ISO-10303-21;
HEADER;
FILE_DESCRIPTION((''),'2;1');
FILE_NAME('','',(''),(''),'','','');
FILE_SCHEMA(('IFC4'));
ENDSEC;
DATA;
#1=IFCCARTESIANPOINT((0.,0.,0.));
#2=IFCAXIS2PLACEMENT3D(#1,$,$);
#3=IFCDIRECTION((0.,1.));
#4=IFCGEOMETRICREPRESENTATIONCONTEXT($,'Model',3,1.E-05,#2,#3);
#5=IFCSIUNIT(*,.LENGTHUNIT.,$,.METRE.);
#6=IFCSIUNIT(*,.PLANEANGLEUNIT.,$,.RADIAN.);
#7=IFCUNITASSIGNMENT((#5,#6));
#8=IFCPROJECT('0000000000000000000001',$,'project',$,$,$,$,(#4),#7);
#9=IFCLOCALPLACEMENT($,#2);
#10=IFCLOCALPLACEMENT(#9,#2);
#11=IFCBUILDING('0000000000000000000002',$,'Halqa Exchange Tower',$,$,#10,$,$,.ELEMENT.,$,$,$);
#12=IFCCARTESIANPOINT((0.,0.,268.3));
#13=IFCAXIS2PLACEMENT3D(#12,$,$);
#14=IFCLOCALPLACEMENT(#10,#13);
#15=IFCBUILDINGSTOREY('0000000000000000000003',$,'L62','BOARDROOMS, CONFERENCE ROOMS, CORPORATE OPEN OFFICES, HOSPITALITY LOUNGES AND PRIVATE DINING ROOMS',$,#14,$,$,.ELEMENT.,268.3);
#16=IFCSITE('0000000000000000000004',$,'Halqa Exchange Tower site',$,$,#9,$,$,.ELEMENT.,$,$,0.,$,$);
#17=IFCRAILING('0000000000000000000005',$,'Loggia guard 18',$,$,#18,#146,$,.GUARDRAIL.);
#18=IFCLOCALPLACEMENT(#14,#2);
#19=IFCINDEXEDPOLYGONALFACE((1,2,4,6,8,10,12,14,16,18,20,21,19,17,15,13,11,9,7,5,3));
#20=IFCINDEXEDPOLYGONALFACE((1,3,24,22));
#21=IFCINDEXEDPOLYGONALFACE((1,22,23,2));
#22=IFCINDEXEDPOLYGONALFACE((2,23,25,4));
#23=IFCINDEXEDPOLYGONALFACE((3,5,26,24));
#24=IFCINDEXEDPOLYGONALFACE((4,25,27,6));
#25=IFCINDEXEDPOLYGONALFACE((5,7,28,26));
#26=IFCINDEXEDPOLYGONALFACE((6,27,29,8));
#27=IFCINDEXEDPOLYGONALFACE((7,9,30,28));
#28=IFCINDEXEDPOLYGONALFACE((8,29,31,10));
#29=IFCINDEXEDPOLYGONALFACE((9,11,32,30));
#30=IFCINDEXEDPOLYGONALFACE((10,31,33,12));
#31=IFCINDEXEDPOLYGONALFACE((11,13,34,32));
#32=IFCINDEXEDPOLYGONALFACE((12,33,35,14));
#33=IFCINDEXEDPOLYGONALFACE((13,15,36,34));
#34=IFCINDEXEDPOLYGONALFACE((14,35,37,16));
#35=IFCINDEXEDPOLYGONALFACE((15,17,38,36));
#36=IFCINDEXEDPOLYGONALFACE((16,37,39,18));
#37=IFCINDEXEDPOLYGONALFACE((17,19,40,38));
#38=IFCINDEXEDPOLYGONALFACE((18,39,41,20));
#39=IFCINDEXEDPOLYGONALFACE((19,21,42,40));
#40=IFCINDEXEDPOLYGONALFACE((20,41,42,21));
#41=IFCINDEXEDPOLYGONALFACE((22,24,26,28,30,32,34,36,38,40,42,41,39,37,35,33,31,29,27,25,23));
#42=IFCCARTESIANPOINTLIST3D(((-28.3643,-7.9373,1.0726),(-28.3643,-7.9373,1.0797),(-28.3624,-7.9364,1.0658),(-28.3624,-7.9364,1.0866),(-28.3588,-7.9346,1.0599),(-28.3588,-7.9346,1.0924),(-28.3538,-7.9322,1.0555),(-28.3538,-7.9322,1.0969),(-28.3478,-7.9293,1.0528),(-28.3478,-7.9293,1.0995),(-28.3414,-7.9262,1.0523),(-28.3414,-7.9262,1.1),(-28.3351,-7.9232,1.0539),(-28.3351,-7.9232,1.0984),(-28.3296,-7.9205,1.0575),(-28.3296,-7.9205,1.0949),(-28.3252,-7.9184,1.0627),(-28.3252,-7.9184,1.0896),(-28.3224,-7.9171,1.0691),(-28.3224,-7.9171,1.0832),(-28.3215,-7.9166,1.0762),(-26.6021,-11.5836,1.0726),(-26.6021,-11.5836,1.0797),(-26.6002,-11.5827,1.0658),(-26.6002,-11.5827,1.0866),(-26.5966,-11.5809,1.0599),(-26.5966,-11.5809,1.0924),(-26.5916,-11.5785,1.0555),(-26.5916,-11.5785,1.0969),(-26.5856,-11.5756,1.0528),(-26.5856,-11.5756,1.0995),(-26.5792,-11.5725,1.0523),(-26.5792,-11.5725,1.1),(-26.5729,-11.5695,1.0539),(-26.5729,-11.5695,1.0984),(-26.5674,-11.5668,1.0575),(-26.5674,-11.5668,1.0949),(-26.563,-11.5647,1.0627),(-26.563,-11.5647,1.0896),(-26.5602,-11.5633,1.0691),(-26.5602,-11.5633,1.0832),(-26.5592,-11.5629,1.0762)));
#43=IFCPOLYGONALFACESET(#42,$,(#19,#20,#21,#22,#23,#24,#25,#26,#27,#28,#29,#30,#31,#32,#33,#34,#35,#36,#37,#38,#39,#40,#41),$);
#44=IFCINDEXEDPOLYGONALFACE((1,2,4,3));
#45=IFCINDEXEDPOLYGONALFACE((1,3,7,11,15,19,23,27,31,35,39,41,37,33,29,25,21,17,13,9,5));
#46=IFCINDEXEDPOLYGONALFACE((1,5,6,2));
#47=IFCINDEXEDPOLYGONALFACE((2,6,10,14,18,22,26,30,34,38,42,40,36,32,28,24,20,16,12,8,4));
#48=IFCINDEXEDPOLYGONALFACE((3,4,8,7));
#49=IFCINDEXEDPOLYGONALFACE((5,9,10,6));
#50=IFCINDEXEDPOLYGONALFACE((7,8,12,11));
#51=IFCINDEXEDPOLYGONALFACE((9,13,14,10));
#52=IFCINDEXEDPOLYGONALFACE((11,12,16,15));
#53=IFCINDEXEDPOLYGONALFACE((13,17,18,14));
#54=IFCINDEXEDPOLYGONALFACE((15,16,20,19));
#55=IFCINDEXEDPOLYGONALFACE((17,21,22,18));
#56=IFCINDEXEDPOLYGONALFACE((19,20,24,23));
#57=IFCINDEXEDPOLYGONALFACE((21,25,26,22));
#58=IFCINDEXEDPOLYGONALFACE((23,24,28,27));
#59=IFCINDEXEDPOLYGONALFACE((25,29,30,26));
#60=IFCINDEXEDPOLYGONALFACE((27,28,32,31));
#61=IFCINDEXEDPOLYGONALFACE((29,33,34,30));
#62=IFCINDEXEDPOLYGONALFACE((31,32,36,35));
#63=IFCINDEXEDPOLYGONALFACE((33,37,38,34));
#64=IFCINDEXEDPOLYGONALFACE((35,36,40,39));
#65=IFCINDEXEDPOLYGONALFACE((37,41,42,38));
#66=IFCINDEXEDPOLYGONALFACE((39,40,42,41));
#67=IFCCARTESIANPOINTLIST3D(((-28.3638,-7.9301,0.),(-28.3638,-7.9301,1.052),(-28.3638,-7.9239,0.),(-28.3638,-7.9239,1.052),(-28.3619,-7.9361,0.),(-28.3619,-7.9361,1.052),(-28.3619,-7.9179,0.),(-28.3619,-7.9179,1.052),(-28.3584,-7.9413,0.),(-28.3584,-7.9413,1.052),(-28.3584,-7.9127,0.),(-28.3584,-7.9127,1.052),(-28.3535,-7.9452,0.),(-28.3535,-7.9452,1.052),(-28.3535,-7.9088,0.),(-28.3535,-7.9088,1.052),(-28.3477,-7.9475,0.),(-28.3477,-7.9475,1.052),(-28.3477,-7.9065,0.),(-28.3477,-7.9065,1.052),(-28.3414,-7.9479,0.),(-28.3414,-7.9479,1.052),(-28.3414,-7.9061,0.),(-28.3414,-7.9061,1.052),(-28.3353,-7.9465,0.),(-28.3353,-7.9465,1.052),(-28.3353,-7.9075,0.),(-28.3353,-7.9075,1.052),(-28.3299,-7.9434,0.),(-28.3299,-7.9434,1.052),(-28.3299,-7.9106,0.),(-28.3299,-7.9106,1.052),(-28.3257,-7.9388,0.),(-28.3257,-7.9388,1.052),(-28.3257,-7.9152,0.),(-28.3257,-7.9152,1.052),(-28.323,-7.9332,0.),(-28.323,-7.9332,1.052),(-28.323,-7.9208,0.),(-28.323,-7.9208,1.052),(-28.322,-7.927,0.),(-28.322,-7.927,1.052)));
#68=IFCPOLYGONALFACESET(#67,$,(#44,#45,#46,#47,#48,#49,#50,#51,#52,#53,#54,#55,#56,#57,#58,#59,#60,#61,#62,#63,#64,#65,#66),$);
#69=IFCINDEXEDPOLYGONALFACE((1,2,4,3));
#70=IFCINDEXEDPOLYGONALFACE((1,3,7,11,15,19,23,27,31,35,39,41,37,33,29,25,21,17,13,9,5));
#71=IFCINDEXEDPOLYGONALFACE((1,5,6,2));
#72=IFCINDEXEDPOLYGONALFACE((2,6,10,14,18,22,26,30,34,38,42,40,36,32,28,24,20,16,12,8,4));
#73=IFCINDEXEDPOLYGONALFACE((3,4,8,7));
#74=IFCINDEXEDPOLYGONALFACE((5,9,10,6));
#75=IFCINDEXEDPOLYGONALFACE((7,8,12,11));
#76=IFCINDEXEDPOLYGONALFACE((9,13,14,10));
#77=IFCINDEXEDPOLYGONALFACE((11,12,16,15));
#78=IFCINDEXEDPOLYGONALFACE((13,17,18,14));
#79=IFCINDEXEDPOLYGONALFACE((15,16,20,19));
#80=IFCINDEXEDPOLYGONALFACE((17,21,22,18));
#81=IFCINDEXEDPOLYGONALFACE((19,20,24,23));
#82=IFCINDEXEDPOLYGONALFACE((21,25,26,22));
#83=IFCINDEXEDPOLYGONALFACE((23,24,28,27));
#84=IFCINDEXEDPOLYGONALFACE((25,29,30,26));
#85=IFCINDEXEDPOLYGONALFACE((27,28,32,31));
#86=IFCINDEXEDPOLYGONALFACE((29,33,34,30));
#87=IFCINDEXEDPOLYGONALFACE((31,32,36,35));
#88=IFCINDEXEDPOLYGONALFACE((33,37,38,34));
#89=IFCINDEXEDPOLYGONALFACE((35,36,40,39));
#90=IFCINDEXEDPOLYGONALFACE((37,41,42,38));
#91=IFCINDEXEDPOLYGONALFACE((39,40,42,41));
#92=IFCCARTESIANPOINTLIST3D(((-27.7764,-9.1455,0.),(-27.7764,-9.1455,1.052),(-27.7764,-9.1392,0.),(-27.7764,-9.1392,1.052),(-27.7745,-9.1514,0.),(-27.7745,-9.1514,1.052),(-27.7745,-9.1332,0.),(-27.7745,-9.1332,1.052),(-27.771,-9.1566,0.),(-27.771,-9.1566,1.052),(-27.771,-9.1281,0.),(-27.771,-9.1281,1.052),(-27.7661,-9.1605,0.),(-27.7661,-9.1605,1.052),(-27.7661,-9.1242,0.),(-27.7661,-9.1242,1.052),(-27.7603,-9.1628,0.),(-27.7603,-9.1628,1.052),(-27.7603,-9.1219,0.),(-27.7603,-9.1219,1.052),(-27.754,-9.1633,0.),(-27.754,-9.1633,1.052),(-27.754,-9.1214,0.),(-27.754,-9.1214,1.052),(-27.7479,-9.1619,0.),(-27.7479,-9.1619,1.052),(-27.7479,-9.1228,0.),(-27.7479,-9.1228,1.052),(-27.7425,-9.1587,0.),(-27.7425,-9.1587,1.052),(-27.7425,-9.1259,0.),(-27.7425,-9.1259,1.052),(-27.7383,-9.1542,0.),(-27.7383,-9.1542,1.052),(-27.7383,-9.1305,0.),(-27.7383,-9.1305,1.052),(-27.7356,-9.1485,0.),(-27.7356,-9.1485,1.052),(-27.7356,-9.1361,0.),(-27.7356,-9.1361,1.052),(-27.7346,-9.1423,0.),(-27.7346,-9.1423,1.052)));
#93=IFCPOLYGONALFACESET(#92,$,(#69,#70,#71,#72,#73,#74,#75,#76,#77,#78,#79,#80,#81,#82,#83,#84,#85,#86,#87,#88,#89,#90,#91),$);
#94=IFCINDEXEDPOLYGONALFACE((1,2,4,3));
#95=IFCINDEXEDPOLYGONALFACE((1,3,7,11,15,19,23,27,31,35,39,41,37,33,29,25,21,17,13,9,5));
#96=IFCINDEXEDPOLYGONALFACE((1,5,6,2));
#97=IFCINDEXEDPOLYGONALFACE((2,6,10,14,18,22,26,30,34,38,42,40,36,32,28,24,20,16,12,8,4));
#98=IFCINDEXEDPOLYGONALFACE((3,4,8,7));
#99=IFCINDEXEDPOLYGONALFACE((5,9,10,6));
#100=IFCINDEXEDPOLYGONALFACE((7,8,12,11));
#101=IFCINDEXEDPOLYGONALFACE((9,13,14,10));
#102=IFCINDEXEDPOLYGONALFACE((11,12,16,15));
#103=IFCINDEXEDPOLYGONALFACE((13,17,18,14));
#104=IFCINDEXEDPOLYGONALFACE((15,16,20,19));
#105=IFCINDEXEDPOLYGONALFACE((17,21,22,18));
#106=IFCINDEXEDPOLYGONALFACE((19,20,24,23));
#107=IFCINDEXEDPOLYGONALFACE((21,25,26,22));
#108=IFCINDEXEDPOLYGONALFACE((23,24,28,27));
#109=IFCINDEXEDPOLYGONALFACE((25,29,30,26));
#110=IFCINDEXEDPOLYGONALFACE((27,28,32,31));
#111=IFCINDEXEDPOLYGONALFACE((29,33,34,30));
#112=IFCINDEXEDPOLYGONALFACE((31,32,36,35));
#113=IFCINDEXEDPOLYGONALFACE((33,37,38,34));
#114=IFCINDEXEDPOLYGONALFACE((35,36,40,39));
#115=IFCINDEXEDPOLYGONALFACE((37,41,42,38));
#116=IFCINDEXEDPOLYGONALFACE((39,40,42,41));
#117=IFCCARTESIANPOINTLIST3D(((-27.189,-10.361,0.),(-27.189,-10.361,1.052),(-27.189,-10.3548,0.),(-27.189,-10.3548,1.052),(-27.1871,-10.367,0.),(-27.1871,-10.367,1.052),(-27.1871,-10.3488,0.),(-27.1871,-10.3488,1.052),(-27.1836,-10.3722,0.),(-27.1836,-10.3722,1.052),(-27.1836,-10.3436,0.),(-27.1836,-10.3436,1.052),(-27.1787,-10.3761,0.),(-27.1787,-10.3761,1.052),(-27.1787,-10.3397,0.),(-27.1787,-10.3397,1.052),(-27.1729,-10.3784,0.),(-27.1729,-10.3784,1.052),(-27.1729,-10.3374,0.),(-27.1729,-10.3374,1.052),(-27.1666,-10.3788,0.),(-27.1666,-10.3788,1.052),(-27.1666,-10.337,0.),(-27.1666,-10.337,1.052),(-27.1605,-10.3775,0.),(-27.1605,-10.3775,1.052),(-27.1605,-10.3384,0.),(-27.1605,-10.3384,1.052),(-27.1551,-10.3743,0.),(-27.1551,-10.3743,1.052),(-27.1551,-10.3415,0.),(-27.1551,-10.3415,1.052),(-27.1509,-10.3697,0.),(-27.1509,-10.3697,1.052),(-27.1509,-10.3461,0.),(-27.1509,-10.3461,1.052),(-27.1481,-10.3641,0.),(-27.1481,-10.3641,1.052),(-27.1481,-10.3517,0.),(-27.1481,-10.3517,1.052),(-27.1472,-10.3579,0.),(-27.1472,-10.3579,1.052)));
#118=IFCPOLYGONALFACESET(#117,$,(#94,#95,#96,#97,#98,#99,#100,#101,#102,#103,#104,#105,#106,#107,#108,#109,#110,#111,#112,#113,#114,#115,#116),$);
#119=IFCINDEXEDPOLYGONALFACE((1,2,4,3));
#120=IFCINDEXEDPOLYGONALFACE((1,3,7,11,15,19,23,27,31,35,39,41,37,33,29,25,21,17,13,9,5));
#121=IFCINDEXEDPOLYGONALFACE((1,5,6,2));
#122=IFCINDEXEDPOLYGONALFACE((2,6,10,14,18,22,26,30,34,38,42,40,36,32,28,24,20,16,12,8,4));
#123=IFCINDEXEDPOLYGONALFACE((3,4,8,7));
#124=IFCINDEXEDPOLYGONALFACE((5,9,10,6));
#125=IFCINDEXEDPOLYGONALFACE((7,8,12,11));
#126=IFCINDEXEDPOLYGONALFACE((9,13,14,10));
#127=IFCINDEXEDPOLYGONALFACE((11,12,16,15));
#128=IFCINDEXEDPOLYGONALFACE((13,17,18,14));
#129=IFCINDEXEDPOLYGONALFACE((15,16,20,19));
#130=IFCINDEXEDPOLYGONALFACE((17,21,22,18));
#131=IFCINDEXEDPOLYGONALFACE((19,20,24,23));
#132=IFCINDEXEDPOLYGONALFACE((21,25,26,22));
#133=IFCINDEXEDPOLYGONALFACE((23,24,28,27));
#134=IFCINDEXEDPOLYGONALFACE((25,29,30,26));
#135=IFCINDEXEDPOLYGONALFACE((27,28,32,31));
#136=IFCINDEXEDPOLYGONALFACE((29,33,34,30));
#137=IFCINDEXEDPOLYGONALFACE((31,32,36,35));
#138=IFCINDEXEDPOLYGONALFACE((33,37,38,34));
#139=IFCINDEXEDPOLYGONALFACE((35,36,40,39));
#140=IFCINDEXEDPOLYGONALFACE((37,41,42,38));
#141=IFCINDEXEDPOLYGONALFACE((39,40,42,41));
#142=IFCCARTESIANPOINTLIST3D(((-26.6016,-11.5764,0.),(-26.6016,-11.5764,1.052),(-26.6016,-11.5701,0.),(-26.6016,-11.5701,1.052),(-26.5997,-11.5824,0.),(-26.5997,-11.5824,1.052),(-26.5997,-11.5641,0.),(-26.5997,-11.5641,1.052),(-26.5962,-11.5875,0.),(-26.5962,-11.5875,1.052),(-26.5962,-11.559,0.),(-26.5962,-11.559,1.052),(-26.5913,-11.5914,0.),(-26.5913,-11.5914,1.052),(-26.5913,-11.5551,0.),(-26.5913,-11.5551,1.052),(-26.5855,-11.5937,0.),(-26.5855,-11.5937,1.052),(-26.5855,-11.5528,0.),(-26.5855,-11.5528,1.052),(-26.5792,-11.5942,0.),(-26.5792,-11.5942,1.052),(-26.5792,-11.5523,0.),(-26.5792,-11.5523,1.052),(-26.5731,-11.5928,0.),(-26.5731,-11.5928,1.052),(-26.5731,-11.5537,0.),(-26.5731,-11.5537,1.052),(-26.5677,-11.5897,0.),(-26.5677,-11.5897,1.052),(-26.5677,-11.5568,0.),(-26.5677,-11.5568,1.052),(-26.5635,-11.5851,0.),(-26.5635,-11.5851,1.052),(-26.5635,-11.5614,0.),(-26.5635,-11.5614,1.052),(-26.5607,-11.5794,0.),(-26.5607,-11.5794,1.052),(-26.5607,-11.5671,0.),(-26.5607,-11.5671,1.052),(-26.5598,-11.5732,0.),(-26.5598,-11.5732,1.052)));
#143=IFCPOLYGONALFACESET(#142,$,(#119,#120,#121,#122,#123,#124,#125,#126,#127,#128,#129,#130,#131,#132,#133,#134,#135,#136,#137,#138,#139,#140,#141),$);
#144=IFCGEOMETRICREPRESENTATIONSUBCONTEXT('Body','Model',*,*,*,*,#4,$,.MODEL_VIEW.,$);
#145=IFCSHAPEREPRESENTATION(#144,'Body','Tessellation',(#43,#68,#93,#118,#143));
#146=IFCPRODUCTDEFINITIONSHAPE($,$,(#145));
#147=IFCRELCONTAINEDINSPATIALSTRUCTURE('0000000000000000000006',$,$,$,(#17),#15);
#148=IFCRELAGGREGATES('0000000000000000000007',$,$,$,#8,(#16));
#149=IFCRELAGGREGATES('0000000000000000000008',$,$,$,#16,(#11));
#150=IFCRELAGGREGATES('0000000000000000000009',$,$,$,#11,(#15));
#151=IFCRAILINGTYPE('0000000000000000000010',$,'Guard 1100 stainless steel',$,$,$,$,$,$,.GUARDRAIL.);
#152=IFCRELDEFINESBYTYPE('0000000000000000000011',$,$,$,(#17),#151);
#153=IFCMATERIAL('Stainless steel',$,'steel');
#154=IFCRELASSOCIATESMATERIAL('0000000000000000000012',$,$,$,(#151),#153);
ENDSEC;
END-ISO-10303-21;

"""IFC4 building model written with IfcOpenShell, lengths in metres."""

from ifc_helpers import new_model, si_unit, direction, frame, origin, origin_2d, place, context, subcontext, project, spatial, circle, extrude, material, type_object, element, save


model = new_model("IFC4")

# Units and contexts
model_context = context("Model", 3, precision=1e-05, world=origin(), true_north=direction((0.0, 1.0)))
body_context = subcontext(model_context, "Body", "Model", "MODEL_VIEW")
ifc_project = project(units=[si_unit("LENGTHUNIT", "METRE"), si_unit("PLANEANGLEUNIT", "RADIAN")], contexts=[model_context])

# Site, building, storey
site_placement = place(None, origin())
site = spatial("IfcSite", under=ifc_project, at=site_placement, Name="Halqa Exchange Tower site", CompositionType="ELEMENT", RefElevation=0.0)
building_placement = place(site_placement, origin())
building = spatial("IfcBuilding", under=site, at=building_placement, Name="Halqa Exchange Tower", CompositionType="ELEMENT")
storey_placement = place(building_placement, frame((0.0, 0.0, 268.3)))
storey = spatial("IfcBuildingStorey", under=building, at=storey_placement, Name="L62", Description="BOARDROOMS, CONFERENCE ROOMS, CORPORATE OPEN OFFICES, HOSPITALITY LOUNGES AND PRIVATE DINING ROOMS", CompositionType="ELEMENT", Elevation=268.3)

# Railing
ifc_material_1 = material(Name="Stainless steel", Category="steel")
railing_type = type_object("IfcRailingType", Name="Guard 1100 stainless steel", PredefinedType="GUARDRAIL", material=ifc_material_1)
railing_1_placement = place(storey_placement, frame((-28.343, -7.927, 0.0)))
element("IfcRailing", 1, at=railing_1_placement, inside=storey, type_object=railing_type, Name="Loggia guard 18", PredefinedType="GUARDRAIL", context=body_context, shape_type="SweptSolid", body=[
    extrude(circle(Radius=0.0239, at=origin_2d()), frame((0.0, 0.0, 1.0762), z_axis=(0.43514, -0.900363, 0.0), x_axis=(0.900363, 0.43514, 0.0)), (0.0, 0.0, 1.0), 4.0498),
    extrude(circle(Radius=0.021, at=origin_2d()), origin(), (0.0, 0.0, 1.0), 1.052),
    extrude(circle(Radius=0.021, at=origin_2d()), frame((0.5874, -1.2153, 0.0)), (0.0, 0.0, 1.0), 1.052),
    extrude(circle(Radius=0.021, at=origin_2d()), frame((1.1748, -2.4309, 0.0)), (0.0, 0.0, 1.0), 1.052),
    extrude(circle(Radius=0.021, at=origin_2d()), frame((1.7622, -3.6462, 0.0)), (0.0, 0.0, 1.0), 1.052),
])

save(model, "model.ifc")
